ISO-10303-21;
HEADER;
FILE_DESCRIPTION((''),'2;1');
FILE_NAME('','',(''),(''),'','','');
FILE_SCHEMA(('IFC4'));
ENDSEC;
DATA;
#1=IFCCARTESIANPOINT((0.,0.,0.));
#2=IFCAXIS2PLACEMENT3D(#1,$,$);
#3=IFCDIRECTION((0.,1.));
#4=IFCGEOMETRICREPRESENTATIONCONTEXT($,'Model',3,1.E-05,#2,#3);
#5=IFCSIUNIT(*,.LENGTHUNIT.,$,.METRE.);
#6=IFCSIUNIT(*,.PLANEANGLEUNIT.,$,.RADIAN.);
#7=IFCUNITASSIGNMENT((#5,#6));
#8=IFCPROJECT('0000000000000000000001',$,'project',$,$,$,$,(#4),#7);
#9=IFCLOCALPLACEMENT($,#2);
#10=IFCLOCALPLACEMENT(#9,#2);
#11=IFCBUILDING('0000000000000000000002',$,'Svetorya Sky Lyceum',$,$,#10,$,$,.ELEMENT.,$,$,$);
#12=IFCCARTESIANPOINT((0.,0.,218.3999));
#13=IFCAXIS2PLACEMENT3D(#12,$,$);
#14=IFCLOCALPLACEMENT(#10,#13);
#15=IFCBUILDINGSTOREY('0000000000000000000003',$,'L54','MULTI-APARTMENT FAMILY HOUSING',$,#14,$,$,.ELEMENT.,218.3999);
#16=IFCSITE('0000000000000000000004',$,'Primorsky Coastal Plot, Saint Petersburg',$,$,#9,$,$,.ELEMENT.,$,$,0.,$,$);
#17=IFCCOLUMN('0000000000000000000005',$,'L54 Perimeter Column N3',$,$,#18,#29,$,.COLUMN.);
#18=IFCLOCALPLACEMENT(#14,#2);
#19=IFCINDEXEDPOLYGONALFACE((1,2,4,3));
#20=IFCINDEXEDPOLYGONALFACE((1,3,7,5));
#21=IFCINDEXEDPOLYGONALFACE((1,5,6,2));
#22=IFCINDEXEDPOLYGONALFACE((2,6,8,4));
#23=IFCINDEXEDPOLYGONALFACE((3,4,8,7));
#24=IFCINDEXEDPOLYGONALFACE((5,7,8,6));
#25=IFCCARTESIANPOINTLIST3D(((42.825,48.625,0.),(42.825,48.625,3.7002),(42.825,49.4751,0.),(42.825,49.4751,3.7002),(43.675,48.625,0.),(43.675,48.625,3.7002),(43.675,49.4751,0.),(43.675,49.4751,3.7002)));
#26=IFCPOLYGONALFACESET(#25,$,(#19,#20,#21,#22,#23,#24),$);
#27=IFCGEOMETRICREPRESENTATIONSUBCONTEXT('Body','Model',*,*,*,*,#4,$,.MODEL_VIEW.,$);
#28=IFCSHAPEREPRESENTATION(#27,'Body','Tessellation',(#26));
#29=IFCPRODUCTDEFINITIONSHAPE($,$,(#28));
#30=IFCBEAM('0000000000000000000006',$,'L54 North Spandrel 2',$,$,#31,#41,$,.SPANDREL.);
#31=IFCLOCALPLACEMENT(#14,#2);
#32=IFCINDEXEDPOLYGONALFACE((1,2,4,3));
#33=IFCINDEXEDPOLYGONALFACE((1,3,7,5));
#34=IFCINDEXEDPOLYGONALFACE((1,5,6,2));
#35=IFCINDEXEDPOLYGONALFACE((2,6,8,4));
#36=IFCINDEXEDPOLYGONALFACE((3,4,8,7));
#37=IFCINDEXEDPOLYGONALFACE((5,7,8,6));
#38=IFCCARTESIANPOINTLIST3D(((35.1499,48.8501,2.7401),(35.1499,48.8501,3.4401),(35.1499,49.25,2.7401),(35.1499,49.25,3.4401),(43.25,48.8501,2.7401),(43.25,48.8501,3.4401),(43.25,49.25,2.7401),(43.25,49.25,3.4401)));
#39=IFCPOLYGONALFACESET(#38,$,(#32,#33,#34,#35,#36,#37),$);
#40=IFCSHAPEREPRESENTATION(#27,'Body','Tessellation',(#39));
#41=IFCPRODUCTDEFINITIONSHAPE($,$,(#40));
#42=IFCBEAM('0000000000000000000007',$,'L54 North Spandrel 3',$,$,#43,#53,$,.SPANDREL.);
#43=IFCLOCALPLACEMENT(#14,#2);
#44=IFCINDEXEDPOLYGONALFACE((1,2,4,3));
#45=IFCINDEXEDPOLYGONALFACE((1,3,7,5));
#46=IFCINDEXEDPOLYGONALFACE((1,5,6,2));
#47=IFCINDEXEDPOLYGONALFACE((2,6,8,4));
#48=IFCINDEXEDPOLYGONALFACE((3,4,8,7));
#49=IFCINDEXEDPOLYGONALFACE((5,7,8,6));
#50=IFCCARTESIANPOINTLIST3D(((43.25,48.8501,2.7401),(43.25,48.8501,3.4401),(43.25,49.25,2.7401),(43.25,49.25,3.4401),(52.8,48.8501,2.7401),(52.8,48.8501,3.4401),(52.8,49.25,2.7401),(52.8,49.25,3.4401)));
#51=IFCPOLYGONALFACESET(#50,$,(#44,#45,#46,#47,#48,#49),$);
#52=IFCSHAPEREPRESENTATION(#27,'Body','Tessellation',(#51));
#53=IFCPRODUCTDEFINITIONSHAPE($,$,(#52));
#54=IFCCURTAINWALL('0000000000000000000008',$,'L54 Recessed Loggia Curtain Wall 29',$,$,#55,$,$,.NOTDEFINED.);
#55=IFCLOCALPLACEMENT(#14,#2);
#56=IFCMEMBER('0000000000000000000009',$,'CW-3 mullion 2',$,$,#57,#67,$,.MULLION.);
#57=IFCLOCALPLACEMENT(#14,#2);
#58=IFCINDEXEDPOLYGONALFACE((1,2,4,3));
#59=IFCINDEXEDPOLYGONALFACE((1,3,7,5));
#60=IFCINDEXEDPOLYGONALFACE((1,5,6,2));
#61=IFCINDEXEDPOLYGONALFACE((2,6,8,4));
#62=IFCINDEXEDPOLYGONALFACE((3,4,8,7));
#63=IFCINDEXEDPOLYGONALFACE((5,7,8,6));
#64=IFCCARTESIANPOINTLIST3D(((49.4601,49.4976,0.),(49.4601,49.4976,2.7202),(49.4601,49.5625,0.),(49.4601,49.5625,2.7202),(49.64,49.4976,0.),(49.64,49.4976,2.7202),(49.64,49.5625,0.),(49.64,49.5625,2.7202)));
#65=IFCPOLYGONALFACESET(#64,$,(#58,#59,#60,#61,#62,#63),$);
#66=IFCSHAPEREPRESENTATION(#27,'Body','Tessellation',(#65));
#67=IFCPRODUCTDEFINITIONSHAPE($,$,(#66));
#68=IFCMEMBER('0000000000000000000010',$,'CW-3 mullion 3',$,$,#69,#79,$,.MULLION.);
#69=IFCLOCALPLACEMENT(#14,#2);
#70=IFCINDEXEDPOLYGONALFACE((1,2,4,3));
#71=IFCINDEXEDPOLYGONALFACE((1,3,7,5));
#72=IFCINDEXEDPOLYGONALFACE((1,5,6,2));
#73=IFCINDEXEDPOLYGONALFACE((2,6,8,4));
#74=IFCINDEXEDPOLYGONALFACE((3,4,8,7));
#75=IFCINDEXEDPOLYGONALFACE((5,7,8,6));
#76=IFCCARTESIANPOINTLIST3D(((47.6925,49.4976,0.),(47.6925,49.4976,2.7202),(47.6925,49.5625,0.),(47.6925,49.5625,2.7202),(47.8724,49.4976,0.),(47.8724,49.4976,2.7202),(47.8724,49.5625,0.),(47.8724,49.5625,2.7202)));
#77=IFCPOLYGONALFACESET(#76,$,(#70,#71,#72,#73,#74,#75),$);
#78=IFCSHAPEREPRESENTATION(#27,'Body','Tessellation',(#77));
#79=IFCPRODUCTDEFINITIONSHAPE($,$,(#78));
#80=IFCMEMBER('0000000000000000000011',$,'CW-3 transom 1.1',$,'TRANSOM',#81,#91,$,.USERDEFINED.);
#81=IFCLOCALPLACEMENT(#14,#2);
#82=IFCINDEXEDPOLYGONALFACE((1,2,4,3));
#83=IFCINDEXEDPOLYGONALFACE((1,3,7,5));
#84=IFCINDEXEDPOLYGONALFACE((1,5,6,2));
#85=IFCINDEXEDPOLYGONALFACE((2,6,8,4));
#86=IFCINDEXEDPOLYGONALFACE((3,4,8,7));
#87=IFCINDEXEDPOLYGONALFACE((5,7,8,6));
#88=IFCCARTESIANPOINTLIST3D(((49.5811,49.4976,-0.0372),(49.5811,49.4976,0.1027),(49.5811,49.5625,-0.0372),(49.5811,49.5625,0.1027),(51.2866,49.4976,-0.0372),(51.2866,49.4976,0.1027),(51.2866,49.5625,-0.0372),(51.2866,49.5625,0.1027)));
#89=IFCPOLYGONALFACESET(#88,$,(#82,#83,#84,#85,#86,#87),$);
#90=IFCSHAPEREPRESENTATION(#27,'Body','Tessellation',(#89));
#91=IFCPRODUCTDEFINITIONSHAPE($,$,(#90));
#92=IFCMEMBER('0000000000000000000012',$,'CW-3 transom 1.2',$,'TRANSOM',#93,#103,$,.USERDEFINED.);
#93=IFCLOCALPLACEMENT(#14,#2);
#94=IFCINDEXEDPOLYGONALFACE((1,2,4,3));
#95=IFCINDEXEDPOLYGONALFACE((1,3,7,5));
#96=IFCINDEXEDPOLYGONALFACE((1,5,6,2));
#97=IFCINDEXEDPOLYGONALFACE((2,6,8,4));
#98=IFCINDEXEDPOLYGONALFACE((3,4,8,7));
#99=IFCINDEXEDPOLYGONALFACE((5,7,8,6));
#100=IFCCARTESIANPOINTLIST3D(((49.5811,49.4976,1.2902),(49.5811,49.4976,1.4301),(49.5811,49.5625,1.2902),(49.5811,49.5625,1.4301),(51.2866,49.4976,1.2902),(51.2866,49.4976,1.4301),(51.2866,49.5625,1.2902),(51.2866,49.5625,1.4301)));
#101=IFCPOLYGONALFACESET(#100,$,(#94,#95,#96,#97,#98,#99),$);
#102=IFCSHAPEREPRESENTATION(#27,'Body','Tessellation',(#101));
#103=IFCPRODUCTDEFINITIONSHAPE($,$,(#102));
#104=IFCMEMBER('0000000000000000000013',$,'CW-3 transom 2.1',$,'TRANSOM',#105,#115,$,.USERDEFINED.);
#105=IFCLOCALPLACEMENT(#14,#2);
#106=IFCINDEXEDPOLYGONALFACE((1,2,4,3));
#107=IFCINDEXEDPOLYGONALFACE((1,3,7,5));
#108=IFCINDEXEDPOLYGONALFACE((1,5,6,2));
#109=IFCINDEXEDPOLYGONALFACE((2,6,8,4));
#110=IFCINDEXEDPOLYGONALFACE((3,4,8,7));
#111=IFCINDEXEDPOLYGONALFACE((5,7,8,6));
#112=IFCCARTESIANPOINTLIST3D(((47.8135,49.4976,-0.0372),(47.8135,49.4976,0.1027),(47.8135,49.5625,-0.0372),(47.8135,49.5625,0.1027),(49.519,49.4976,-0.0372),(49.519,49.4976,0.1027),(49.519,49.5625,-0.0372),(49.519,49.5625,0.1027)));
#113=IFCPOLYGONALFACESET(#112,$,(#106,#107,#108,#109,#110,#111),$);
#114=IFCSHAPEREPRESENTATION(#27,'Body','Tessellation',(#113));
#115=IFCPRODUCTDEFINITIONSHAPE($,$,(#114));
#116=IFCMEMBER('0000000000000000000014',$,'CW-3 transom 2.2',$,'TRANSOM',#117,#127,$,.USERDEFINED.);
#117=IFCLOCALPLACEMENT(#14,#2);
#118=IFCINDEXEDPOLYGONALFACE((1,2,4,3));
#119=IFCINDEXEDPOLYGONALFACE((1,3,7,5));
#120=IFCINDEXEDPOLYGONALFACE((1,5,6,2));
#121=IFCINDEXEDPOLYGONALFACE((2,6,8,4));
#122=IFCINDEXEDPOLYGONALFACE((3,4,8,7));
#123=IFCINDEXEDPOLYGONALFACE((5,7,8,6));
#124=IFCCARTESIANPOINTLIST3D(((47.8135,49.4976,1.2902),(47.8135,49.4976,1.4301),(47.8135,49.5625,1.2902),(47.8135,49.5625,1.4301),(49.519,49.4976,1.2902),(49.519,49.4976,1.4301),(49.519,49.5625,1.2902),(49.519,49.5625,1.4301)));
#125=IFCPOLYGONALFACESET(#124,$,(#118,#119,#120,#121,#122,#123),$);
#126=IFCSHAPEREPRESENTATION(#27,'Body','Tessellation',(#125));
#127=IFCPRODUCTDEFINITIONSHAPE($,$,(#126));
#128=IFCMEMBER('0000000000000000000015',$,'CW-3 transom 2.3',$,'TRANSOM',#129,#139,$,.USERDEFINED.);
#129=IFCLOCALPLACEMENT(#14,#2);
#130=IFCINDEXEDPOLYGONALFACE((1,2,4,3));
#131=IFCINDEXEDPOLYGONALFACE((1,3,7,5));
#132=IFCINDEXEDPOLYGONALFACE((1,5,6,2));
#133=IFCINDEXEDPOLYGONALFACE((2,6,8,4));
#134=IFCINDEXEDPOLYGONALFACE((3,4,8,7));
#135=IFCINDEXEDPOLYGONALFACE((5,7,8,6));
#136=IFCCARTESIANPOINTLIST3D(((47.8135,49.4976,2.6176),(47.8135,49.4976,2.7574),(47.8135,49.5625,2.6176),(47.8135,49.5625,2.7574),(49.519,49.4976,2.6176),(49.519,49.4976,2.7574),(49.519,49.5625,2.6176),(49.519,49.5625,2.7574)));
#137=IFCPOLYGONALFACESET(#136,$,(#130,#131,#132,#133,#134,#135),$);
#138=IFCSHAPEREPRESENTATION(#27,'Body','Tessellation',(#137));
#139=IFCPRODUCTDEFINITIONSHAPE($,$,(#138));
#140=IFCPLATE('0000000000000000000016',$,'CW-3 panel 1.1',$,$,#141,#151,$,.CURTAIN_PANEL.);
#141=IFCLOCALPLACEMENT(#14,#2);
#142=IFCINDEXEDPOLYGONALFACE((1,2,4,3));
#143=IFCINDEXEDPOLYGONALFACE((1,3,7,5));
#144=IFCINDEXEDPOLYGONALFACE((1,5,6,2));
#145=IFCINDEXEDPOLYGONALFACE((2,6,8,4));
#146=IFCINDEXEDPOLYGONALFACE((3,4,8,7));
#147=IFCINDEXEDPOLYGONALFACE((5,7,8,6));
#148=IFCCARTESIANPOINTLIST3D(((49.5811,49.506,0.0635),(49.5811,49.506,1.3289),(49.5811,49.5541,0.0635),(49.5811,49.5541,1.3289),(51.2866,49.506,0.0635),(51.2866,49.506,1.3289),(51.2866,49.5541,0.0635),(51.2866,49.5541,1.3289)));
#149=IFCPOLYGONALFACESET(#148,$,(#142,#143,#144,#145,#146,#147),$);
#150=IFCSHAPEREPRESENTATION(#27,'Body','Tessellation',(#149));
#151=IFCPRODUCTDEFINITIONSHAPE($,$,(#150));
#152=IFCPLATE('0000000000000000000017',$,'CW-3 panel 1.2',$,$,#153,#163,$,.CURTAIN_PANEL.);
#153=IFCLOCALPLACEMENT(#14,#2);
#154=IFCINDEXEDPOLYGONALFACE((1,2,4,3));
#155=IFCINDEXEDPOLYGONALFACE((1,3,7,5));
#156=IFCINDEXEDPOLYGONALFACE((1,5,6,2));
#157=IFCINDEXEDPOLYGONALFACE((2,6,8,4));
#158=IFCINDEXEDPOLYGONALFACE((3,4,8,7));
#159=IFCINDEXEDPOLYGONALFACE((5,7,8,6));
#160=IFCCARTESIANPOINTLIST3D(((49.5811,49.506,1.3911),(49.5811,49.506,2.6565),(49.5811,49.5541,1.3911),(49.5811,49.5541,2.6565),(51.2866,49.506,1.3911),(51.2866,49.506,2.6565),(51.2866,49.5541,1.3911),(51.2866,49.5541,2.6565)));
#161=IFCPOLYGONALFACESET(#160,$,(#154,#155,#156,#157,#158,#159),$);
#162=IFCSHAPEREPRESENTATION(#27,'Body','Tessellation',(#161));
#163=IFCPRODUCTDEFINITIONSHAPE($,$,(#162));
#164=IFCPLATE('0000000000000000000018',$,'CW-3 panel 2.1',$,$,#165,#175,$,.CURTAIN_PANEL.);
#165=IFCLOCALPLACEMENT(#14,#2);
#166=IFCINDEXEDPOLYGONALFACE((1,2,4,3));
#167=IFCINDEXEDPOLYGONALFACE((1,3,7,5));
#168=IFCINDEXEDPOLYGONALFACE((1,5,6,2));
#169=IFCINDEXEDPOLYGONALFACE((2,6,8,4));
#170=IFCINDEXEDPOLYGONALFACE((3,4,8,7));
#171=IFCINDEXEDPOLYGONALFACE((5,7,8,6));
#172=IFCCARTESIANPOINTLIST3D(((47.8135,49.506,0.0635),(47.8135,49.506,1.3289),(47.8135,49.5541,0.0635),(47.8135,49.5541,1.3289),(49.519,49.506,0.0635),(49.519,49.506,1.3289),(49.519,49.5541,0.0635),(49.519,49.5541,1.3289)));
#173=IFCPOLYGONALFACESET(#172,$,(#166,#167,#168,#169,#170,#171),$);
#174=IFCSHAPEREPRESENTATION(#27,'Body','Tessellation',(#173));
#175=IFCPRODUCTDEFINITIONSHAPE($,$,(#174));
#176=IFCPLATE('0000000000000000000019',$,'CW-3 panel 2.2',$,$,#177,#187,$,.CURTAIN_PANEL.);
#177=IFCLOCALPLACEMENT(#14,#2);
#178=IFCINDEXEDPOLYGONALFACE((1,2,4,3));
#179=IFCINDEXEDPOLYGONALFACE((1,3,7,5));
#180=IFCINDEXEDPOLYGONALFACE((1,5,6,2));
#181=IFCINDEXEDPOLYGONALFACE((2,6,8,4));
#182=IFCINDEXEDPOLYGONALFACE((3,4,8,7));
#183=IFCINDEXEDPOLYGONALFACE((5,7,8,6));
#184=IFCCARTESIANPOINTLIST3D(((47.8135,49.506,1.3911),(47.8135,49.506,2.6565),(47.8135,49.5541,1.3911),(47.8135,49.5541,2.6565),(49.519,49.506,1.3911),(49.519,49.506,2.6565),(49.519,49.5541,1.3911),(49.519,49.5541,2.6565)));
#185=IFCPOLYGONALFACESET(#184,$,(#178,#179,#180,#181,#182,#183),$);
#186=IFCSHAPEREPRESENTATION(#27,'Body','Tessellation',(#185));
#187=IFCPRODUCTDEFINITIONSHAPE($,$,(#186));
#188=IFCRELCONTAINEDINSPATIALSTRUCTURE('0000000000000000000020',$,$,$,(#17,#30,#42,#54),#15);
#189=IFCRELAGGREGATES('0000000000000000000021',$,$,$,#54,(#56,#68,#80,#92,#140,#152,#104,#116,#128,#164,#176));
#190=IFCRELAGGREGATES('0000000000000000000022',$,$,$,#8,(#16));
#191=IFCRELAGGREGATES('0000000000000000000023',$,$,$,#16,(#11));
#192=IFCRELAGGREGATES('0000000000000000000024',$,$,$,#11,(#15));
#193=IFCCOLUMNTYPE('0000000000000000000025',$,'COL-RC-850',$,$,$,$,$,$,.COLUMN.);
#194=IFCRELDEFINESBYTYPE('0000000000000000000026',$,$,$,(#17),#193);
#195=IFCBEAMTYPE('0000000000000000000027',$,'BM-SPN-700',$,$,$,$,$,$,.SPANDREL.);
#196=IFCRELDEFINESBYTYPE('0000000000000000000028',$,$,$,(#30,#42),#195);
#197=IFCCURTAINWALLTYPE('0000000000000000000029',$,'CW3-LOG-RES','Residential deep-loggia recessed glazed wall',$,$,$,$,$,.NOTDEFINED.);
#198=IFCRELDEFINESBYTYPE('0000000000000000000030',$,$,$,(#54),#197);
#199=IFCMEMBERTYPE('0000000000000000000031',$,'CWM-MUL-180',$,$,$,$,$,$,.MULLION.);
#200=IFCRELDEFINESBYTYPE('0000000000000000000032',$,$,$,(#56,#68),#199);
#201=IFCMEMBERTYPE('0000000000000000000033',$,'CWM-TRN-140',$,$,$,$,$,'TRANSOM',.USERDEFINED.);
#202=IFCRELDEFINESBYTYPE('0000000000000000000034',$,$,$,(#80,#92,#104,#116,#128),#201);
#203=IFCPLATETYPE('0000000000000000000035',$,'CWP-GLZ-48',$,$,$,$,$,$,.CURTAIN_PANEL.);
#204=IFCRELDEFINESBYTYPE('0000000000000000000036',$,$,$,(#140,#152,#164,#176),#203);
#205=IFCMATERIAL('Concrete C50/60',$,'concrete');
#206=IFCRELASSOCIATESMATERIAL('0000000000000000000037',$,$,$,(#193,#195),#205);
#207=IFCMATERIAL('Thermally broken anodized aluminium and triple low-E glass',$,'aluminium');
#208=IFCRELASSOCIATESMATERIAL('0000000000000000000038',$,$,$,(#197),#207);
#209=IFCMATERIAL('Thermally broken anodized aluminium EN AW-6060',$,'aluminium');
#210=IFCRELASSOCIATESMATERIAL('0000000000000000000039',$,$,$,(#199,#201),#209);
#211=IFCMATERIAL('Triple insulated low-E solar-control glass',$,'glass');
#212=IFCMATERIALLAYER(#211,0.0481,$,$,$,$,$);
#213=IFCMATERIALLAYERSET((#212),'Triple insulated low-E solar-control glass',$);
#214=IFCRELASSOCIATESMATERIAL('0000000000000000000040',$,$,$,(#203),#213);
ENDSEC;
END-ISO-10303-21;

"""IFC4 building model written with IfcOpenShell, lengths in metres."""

from ifc_helpers import new_model, si_unit, direction, frame, origin, origin_2d, place, context, subcontext, project, spatial, rectangle, extrude, material, layer, layer_set, material_profile, profile_set, type_object, element, aggregate, save


model = new_model("IFC4")

# Units and contexts
model_context = context("Model", 3, precision=1e-05, world=origin(), true_north=direction((0.0, 1.0)))
body_context = subcontext(model_context, "Body", "Model", "MODEL_VIEW")
ifc_project = project(units=[si_unit("LENGTHUNIT", "METRE"), si_unit("PLANEANGLEUNIT", "RADIAN")], contexts=[model_context])

# Site, building, storey
site_placement = place(None, origin())
site = spatial("IfcSite", under=ifc_project, at=site_placement, Name="Primorsky Coastal Plot, Saint Petersburg", CompositionType="ELEMENT", RefElevation=0.0)
building_placement = place(site_placement, origin())
building = spatial("IfcBuilding", under=site, at=building_placement, Name="Svetorya Sky Lyceum", CompositionType="ELEMENT")
storey_placement = place(building_placement, frame((0.0, 0.0, 218.3999)))
storey = spatial("IfcBuildingStorey", under=building, at=storey_placement, Name="L54", Description="MULTI-APARTMENT FAMILY HOUSING", CompositionType="ELEMENT", Elevation=218.3999)

# Column
ifc_material_1 = material(Name="Concrete C50/60", Category="concrete")
ifc_material_profile_1 = material_profile(ifc_material_1, rectangle(XDim=0.8501, YDim=0.8501, at=origin_2d()), Name="RC COL 850x850")
ifc_profile_set_1 = profile_set([ifc_material_profile_1], Name="Concrete C50/60")
column_type = type_object("IfcColumnType", Name="COL-RC-850", PredefinedType="COLUMN", material=ifc_profile_set_1)
column_placement = place(storey_placement, frame((43.25, 49.05, 0.0), z_axis=(0.0, 0.0, 1.0), x_axis=(1.0, 0.0, 0.0)))
element("IfcColumn", 1, at=column_placement, inside=storey, type_object=column_type, Name="L54 Perimeter Column N3", PredefinedType="COLUMN", context=body_context, shape_type="SweptSolid", body=[
    extrude(rectangle(XDim=0.8501, YDim=0.8501, at=origin_2d()), origin(), (0.0, 0.0, 1.0), 3.7002),
])

# Beams
ifc_material_profile_2 = material_profile(ifc_material_1, rectangle(XDim=0.3999, YDim=0.7, at=origin_2d()), Name="RC SPANDREL 400x700")
ifc_profile_set_2 = profile_set([ifc_material_profile_2], Name="Concrete C50/60")
beam_type = type_object("IfcBeamType", Name="BM-SPN-700", PredefinedType="SPANDREL", material=ifc_profile_set_2)
beam_1_placement = place(storey_placement, frame((35.1499, 49.05, 3.0901), z_axis=(1.0, 0.0, 0.0), x_axis=(0.0, 1.0, 0.0)))
element("IfcBeam", 2, at=beam_1_placement, inside=storey, type_object=beam_type, Name="L54 North Spandrel 2", PredefinedType="SPANDREL", context=body_context, shape_type="SweptSolid", body=[
    extrude(rectangle(XDim=0.3999, YDim=0.7, at=origin_2d()), origin(), (0.0, 0.0, 1.0), 8.1001),
])
beam_2_placement = place(storey_placement, frame((43.25, 49.05, 3.0901), z_axis=(1.0, 0.0, 0.0), x_axis=(0.0, 1.0, 0.0)))
element("IfcBeam", 3, at=beam_2_placement, inside=storey, type_object=beam_type, Name="L54 North Spandrel 3", PredefinedType="SPANDREL", context=body_context, shape_type="SweptSolid", body=[
    extrude(rectangle(XDim=0.3999, YDim=0.7, at=origin_2d()), origin(), (0.0, 0.0, 1.0), 9.55),
])

# Curtain wall, members, plates
ifc_material_2 = material(Name="Thermally broken anodized aluminium and triple low-E glass", Category="aluminium")
curtain_wall_type = type_object("IfcCurtainWallType", Name="CW3-LOG-RES", Description="Residential deep-loggia recessed glazed wall", PredefinedType="NOTDEFINED", material=ifc_material_2)
curtain_wall_placement = place(storey_placement, origin())
curtain_wall = element("IfcCurtainWall", 4, at=curtain_wall_placement, inside=storey, type_object=curtain_wall_type, Name="L54 Recessed Loggia Curtain Wall 29", PredefinedType="NOTDEFINED")
ifc_material_3 = material(Name="Thermally broken anodized aluminium EN AW-6060", Category="aluminium")
ifc_material_profile_3 = material_profile(ifc_material_3, rectangle(XDim=0.0649, YDim=0.1799, at=origin_2d()), Name="ALU MULLION 65x180")
ifc_profile_set_3 = profile_set([ifc_material_profile_3], Name="Thermally broken anodized aluminium EN AW-6060")
member_type_1 = type_object("IfcMemberType", Name="CWM-MUL-180", PredefinedType="MULLION", material=ifc_profile_set_3)
member_1_placement = place(storey_placement, frame((49.55, 49.53, 0.0), z_axis=(0.0, 0.0, 1.0), x_axis=(0.0, -1.0, 0.0)))
member_1 = element("IfcMember", 5, at=member_1_placement, type_object=member_type_1, Name="CW-3 mullion 2", PredefinedType="MULLION", context=body_context, shape_type="SweptSolid", body=[
    extrude(rectangle(XDim=0.0649, YDim=0.1799, at=origin_2d()), origin(), (0.0, 0.0, 1.0), 2.7202),
])
member_2_placement = place(storey_placement, frame((47.7825, 49.53, 0.0), z_axis=(0.0, 0.0, 1.0), x_axis=(0.0, -1.0, 0.0)))
member_2 = element("IfcMember", 6, at=member_2_placement, type_object=member_type_1, Name="CW-3 mullion 3", PredefinedType="MULLION", context=body_context, shape_type="SweptSolid", body=[
    extrude(rectangle(XDim=0.0649, YDim=0.1799, at=origin_2d()), origin(), (0.0, 0.0, 1.0), 2.7202),
])
ifc_material_profile_4 = material_profile(ifc_material_3, rectangle(XDim=0.0649, YDim=0.1399, at=origin_2d()), Name="ALU TRANSOM 65x140")
ifc_profile_set_4 = profile_set([ifc_material_profile_4], Name="Thermally broken anodized aluminium EN AW-6060")
member_type_2 = type_object("IfcMemberType", Name="CWM-TRN-140", ElementType="TRANSOM", PredefinedType="USERDEFINED", material=ifc_profile_set_4)
member_3_placement = place(storey_placement, frame((51.2866, 49.53, 0.0327), z_axis=(-1.0, 0.0, 0.0), x_axis=(0.0, -1.0, 0.0)))
member_3 = element("IfcMember", 7, at=member_3_placement, type_object=member_type_2, Name="CW-3 transom 1.1", ObjectType="TRANSOM", PredefinedType="USERDEFINED", context=body_context, shape_type="SweptSolid", body=[
    extrude(rectangle(XDim=0.0649, YDim=0.1399, at=origin_2d()), origin(), (0.0, 0.0, 1.0), 1.7056),
])
member_4_placement = place(storey_placement, frame((51.2866, 49.53, 1.3601), z_axis=(-1.0, 0.0, 0.0), x_axis=(0.0, -1.0, 0.0)))
member_4 = element("IfcMember", 8, at=member_4_placement, type_object=member_type_2, Name="CW-3 transom 1.2", ObjectType="TRANSOM", PredefinedType="USERDEFINED", context=body_context, shape_type="SweptSolid", body=[
    extrude(rectangle(XDim=0.0649, YDim=0.1399, at=origin_2d()), origin(), (0.0, 0.0, 1.0), 1.7056),
])
member_5_placement = place(storey_placement, frame((49.519, 49.53, 0.0327), z_axis=(-1.0, 0.0, 0.0), x_axis=(0.0, -1.0, 0.0)))
member_5 = element("IfcMember", 9, at=member_5_placement, type_object=member_type_2, Name="CW-3 transom 2.1", ObjectType="TRANSOM", PredefinedType="USERDEFINED", context=body_context, shape_type="SweptSolid", body=[
    extrude(rectangle(XDim=0.0649, YDim=0.1399, at=origin_2d()), origin(), (0.0, 0.0, 1.0), 1.7056),
])
member_6_placement = place(storey_placement, frame((49.519, 49.53, 1.3601), z_axis=(-1.0, 0.0, 0.0), x_axis=(0.0, -1.0, 0.0)))
member_6 = element("IfcMember", 10, at=member_6_placement, type_object=member_type_2, Name="CW-3 transom 2.2", ObjectType="TRANSOM", PredefinedType="USERDEFINED", context=body_context, shape_type="SweptSolid", body=[
    extrude(rectangle(XDim=0.0649, YDim=0.1399, at=origin_2d()), origin(), (0.0, 0.0, 1.0), 1.7056),
])
member_7_placement = place(storey_placement, frame((49.519, 49.53, 2.6875), z_axis=(-1.0, 0.0, 0.0), x_axis=(0.0, -1.0, 0.0)))
member_7 = element("IfcMember", 11, at=member_7_placement, type_object=member_type_2, Name="CW-3 transom 2.3", ObjectType="TRANSOM", PredefinedType="USERDEFINED", context=body_context, shape_type="SweptSolid", body=[
    extrude(rectangle(XDim=0.0649, YDim=0.1399, at=origin_2d()), origin(), (0.0, 0.0, 1.0), 1.7056),
])
ifc_material_4 = material(Name="Triple insulated low-E solar-control glass", Category="glass")
ifc_layer_1 = layer(ifc_material_4, 0.0481)
ifc_layer_set_1 = layer_set([ifc_layer_1], Name="Triple insulated low-E solar-control glass")
plate_type = type_object("IfcPlateType", Name="CWP-GLZ-48", PredefinedType="CURTAIN_PANEL", material=ifc_layer_set_1)
plate_1_placement = place(storey_placement, frame((50.4338, 49.53, 0.0635), z_axis=(0.0, 0.0, 1.0), x_axis=(-1.0, 0.0, 0.0)))
plate_1 = element("IfcPlate", 12, at=plate_1_placement, type_object=plate_type, Name="CW-3 panel 1.1", PredefinedType="CURTAIN_PANEL", context=body_context, shape_type="SweptSolid", body=[
    extrude(rectangle(XDim=1.7056, YDim=0.0481, at=origin_2d()), origin(), (0.0, 0.0, 1.0), 1.2654),
])
plate_2_placement = place(storey_placement, frame((50.4338, 49.53, 1.3911), z_axis=(0.0, 0.0, 1.0), x_axis=(-1.0, 0.0, 0.0)))
plate_2 = element("IfcPlate", 13, at=plate_2_placement, type_object=plate_type, Name="CW-3 panel 1.2", PredefinedType="CURTAIN_PANEL", context=body_context, shape_type="SweptSolid", body=[
    extrude(rectangle(XDim=1.7056, YDim=0.0481, at=origin_2d()), origin(), (0.0, 0.0, 1.0), 1.2654),
])
plate_3_placement = place(storey_placement, frame((48.6663, 49.53, 0.0635), z_axis=(0.0, 0.0, 1.0), x_axis=(-1.0, 0.0, 0.0)))
plate_3 = element("IfcPlate", 14, at=plate_3_placement, type_object=plate_type, Name="CW-3 panel 2.1", PredefinedType="CURTAIN_PANEL", context=body_context, shape_type="SweptSolid", body=[
    extrude(rectangle(XDim=1.7056, YDim=0.0481, at=origin_2d()), origin(), (0.0, 0.0, 1.0), 1.2654),
])
plate_4_placement = place(storey_placement, frame((48.6663, 49.53, 1.3911), z_axis=(0.0, 0.0, 1.0), x_axis=(-1.0, 0.0, 0.0)))
plate_4 = element("IfcPlate", 15, at=plate_4_placement, type_object=plate_type, Name="CW-3 panel 2.2", PredefinedType="CURTAIN_PANEL", context=body_context, shape_type="SweptSolid", body=[
    extrude(rectangle(XDim=1.7056, YDim=0.0481, at=origin_2d()), origin(), (0.0, 0.0, 1.0), 1.2654),
])
aggregate(curtain_wall, [member_1, member_2, member_3, member_4, plate_1, plate_2, member_5, member_6, member_7, plate_3, plate_4])

save(model, "model.ifc")
